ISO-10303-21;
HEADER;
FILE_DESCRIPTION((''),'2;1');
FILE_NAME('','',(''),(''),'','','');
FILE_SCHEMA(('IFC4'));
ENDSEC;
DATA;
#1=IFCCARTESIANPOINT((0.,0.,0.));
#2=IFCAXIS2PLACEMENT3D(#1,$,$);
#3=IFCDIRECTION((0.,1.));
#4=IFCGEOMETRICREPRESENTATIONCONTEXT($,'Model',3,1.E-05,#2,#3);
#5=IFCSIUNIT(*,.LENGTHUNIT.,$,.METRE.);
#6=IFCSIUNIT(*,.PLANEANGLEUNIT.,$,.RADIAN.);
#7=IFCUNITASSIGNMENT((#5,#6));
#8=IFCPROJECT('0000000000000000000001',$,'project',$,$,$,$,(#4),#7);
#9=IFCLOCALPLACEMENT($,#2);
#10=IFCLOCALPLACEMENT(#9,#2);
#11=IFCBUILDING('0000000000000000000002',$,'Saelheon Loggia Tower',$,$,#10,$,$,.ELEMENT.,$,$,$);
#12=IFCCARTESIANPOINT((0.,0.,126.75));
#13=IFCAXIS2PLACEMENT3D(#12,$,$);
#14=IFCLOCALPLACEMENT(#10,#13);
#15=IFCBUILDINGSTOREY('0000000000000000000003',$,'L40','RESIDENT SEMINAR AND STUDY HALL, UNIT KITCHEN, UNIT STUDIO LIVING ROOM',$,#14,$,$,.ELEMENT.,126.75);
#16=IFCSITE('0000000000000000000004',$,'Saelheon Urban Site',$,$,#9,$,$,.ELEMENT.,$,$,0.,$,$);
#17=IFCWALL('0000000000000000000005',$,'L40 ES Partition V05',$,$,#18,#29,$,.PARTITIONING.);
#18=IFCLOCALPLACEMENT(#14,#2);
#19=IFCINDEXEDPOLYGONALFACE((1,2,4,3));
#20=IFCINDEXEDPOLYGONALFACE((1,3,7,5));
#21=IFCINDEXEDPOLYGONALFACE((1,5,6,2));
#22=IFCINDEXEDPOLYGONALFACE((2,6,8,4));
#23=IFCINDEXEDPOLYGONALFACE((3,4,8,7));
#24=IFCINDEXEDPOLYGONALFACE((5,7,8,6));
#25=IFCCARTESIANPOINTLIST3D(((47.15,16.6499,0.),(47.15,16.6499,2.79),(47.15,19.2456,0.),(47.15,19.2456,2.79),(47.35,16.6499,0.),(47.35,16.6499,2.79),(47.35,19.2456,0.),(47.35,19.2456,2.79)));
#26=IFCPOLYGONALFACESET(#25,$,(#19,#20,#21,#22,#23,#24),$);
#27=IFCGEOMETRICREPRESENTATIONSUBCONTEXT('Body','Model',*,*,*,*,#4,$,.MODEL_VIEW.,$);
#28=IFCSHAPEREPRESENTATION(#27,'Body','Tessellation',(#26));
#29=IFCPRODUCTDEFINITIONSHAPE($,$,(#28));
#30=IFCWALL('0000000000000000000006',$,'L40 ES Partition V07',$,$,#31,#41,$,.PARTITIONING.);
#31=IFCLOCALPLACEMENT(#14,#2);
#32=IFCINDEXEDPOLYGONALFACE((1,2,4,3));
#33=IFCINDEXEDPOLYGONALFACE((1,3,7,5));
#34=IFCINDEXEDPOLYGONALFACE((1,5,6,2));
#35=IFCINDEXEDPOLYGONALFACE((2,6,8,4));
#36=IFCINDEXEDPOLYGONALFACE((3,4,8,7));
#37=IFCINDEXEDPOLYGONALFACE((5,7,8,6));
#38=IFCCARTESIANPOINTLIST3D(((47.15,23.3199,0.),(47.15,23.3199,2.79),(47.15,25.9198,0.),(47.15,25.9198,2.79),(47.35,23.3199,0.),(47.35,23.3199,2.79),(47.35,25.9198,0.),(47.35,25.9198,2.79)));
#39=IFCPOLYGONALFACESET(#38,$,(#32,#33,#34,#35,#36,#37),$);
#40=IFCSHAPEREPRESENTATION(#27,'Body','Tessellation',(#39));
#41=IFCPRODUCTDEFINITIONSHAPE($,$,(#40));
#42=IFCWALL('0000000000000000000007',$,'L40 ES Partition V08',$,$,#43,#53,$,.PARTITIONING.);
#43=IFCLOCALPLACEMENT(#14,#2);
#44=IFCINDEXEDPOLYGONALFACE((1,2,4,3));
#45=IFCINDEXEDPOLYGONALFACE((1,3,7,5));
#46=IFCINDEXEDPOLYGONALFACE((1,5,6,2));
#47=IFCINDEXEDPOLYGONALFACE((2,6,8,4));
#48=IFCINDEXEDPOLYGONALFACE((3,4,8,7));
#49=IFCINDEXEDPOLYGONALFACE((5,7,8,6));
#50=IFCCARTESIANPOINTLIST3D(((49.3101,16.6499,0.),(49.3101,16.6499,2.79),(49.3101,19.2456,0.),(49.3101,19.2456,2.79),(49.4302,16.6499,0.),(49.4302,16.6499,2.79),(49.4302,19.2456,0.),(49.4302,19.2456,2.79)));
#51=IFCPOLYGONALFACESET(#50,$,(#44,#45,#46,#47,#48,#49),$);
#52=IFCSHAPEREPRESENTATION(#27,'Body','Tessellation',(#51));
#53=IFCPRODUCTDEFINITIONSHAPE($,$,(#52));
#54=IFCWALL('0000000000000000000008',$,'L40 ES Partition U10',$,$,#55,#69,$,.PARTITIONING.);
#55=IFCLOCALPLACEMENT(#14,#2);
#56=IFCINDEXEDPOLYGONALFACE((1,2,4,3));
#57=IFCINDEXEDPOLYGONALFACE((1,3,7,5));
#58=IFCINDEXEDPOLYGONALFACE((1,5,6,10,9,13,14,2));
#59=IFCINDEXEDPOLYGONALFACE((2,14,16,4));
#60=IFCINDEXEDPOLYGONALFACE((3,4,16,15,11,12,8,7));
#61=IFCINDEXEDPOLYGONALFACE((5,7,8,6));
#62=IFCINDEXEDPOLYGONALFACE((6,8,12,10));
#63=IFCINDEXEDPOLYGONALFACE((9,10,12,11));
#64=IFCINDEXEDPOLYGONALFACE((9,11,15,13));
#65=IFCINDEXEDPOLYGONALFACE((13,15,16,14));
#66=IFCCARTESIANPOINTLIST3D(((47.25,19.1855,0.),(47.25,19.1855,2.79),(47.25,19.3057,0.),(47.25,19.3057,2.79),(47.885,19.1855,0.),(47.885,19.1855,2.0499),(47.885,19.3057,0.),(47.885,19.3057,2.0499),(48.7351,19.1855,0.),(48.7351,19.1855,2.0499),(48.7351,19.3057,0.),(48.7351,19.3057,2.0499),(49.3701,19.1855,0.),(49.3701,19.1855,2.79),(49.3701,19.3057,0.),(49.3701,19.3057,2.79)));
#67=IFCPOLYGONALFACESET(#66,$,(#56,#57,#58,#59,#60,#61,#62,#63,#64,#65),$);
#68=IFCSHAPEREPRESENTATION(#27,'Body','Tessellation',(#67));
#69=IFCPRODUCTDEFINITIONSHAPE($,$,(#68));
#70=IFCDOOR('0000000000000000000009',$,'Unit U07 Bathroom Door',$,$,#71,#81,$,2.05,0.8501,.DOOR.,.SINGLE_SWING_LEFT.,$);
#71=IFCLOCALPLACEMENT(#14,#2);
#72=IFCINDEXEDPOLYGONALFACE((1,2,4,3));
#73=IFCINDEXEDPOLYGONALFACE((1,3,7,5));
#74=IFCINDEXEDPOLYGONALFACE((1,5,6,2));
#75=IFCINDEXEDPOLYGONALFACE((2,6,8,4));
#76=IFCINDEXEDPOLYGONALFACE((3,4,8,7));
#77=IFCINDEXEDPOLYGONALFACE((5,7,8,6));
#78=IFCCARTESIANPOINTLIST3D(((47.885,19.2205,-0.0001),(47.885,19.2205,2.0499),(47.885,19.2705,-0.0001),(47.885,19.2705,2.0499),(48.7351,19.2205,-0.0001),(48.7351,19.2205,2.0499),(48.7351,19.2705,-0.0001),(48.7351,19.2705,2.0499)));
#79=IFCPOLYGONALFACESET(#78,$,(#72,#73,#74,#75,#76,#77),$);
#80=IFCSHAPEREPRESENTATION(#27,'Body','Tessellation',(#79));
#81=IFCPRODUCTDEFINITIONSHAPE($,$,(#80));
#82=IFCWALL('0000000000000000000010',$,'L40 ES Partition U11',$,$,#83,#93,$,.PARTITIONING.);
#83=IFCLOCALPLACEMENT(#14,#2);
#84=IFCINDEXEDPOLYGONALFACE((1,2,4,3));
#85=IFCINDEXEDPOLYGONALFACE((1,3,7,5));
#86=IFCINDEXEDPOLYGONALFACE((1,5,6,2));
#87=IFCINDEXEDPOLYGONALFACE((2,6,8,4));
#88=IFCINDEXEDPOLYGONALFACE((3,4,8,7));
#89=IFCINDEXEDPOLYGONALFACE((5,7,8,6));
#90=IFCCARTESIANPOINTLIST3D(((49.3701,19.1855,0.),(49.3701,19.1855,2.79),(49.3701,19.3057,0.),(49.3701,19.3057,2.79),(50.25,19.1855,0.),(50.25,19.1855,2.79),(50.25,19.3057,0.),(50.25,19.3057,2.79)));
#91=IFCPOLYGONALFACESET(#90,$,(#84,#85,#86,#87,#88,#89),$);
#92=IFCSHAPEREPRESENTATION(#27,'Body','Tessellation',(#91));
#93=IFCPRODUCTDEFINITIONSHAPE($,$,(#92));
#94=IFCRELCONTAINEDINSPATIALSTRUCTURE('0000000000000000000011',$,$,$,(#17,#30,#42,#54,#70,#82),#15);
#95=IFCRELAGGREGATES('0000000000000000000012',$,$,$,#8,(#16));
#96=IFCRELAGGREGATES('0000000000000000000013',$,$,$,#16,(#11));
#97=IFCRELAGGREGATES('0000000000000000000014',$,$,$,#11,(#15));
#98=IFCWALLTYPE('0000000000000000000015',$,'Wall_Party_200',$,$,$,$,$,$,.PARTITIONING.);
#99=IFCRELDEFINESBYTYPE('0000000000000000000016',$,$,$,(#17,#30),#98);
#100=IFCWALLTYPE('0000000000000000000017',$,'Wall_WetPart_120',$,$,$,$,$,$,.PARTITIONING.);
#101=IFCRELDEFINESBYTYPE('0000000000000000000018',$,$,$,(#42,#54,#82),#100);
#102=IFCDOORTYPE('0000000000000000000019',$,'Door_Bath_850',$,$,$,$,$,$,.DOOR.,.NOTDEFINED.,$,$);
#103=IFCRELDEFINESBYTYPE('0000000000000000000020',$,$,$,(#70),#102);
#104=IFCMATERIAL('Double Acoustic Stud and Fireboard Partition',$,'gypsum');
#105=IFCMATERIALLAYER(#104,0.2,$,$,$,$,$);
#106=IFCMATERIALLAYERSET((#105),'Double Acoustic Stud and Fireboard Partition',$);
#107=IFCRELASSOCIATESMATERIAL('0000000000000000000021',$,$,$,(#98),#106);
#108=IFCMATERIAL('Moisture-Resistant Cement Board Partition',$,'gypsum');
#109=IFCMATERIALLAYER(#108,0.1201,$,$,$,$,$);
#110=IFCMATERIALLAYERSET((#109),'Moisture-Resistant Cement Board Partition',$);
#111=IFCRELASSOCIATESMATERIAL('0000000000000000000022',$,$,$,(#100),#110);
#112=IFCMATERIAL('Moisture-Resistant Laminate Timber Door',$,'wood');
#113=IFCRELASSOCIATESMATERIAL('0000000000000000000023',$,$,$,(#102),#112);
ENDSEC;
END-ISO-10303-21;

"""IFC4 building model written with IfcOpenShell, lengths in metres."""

from ifc_helpers import new_model, si_unit, direction, frame, frame_2d, origin, place, context, subcontext, project, spatial, rectangle, extrude, source, transform, mapped, material, layer, layer_set, type_object, element, fill, save


model = new_model("IFC4")

# Units and contexts
model_context = context("Model", 3, precision=1e-05, world=origin(), true_north=direction((0.0, 1.0)))
body_context = subcontext(model_context, "Body", "Model", "MODEL_VIEW")
ifc_project = project(units=[si_unit("LENGTHUNIT", "METRE"), si_unit("PLANEANGLEUNIT", "RADIAN")], contexts=[model_context])

# Site, building, storey
site_placement = place(None, origin())
site = spatial("IfcSite", under=ifc_project, at=site_placement, Name="Saelheon Urban Site", CompositionType="ELEMENT", RefElevation=0.0)
building_placement = place(site_placement, origin())
building = spatial("IfcBuilding", under=site, at=building_placement, Name="Saelheon Loggia Tower", CompositionType="ELEMENT")
storey_placement = place(building_placement, frame((0.0, 0.0, 126.75)))
storey = spatial("IfcBuildingStorey", under=building, at=storey_placement, Name="L40", Description="RESIDENT SEMINAR AND STUDY HALL, UNIT KITCHEN, UNIT STUDIO LIVING ROOM", CompositionType="ELEMENT", Elevation=126.75)

# Wall
ifc_material_1 = material(Name="Double Acoustic Stud and Fireboard Partition", Category="gypsum")
ifc_layer_1 = layer(ifc_material_1, 0.2)
ifc_layer_set_1 = layer_set([ifc_layer_1], Name="Double Acoustic Stud and Fireboard Partition")
wall_type_1 = type_object("IfcWallType", Name="Wall_Party_200", PredefinedType="PARTITIONING", material=ifc_layer_set_1)
wall_1_placement = place(storey_placement, frame((47.25, 16.6499, 0.0), z_axis=(0.0, 0.0, 1.0), x_axis=(0.0, 1.0, 0.0)))
element("IfcWall", 1, at=wall_1_placement, inside=storey, type_object=wall_type_1, Name="L40 ES Partition V05", PredefinedType="PARTITIONING", context=body_context, shape_type="SweptSolid", body=[
    extrude(rectangle(XDim=2.5957, YDim=0.2, at=frame_2d((1.2979, 0.0))), origin(), (0.0, 0.0, 1.0), 2.79),
])

# Walls
wall_2_placement = place(storey_placement, frame((47.25, 23.3201, 0.0), z_axis=(0.0, 0.0, 1.0), x_axis=(0.0, 1.0, 0.0)))
element("IfcWall", 2, at=wall_2_placement, inside=storey, type_object=wall_type_1, Name="L40 ES Partition V07", PredefinedType="PARTITIONING", context=body_context, shape_type="SweptSolid", body=[
    extrude(rectangle(XDim=2.5999, YDim=0.2, at=frame_2d((1.2998, 0.0))), origin(), (0.0, 0.0, 1.0), 2.79),
])
ifc_material_2 = material(Name="Moisture-Resistant Cement Board Partition", Category="gypsum")
ifc_layer_2 = layer(ifc_material_2, 0.1201)
ifc_layer_set_2 = layer_set([ifc_layer_2], Name="Moisture-Resistant Cement Board Partition")
wall_type_2 = type_object("IfcWallType", Name="Wall_WetPart_120", PredefinedType="PARTITIONING", material=ifc_layer_set_2)
wall_3_placement = place(storey_placement, frame((49.3701, 16.6499, 0.0), z_axis=(0.0, 0.0, 1.0), x_axis=(0.0, 1.0, 0.0)))
element("IfcWall", 3, at=wall_3_placement, inside=storey, type_object=wall_type_2, Name="L40 ES Partition V08", PredefinedType="PARTITIONING", context=body_context, shape_type="SweptSolid", body=[
    extrude(rectangle(XDim=2.5957, YDim=0.1201, at=frame_2d((1.2979, 0.0))), origin(), (0.0, 0.0, 1.0), 2.79),
])

# Wall, opening, door
wall_4_placement = place(storey_placement, frame((47.25, 19.2456, 0.0), z_axis=(0.0, 0.0, 1.0), x_axis=(1.0, 0.0, 0.0)))
wall_4 = element("IfcWall", 4, at=wall_4_placement, inside=storey, type_object=wall_type_2, Name="L40 ES Partition U10", PredefinedType="PARTITIONING", context=body_context, shape_type="SweptSolid", body=[
    extrude(rectangle(XDim=2.1201, YDim=0.1201, at=frame_2d((1.0601, 0.0))), origin(), (0.0, 0.0, 1.0), 2.79),
])
opening_1_placement = place(wall_4_placement, frame((0.635, 0.0, 0.0)))
opening_1 = element("IfcOpeningElement", 5, at=opening_1_placement, cuts=wall_4, PredefinedType="OPENING", context=body_context, shape_type="SweptSolid", body=[
    extrude(rectangle(XDim=0.8501, YDim=2.05, at=frame_2d((0.425, 1.0249))), frame((0.0, 0.072, 0.0), z_axis=(0.0, -1.0, 0.0), x_axis=(1.0, 0.0, 0.0)), (0.0, 0.0, 1.0), 0.144),
])
ifc_material_3 = material(Name="Moisture-Resistant Laminate Timber Door", Category="wood")
door_type_1 = type_object("IfcDoorType", Name="Door_Bath_850", OperationType="NOTDEFINED", PredefinedType="DOOR", material=ifc_material_3)
shared_shape_1 = source(origin(), body_context, "Body", "SweptSolid", [
    extrude(rectangle(XDim=0.8501, YDim=2.05, at=frame_2d((0.425, 1.0249))), frame((0.0, 0.0249, 0.0), z_axis=(0.0, -1.0, 0.0), x_axis=(1.0, 0.0, 0.0)), (0.0, 0.0, 1.0), 0.05),
])
door_1_placement = place(opening_1_placement, origin())
door_1 = element("IfcDoor", 6, at=door_1_placement, inside=storey, type_object=door_type_1, Name="Unit U07 Bathroom Door", OperationType="SINGLE_SWING_LEFT", OverallHeight=2.05, OverallWidth=0.8501, PredefinedType="DOOR", context=body_context, shape_type="MappedRepresentation", body=[
    mapped(shared_shape_1, transform((0.0, 0.0, 0.0), scale=1.0)),
])
fill(opening_1, door_1)

# Wall
wall_5_placement = place(storey_placement, frame((49.3701, 19.2456, 0.0), z_axis=(0.0, 0.0, 1.0), x_axis=(1.0, 0.0, 0.0)))
element("IfcWall", 7, at=wall_5_placement, inside=storey, type_object=wall_type_2, Name="L40 ES Partition U11", PredefinedType="PARTITIONING", context=body_context, shape_type="SweptSolid", body=[
    extrude(rectangle(XDim=0.8799, YDim=0.1201, at=frame_2d((0.4399, 0.0))), origin(), (0.0, 0.0, 1.0), 2.79),
])

save(model, "model.ifc")
